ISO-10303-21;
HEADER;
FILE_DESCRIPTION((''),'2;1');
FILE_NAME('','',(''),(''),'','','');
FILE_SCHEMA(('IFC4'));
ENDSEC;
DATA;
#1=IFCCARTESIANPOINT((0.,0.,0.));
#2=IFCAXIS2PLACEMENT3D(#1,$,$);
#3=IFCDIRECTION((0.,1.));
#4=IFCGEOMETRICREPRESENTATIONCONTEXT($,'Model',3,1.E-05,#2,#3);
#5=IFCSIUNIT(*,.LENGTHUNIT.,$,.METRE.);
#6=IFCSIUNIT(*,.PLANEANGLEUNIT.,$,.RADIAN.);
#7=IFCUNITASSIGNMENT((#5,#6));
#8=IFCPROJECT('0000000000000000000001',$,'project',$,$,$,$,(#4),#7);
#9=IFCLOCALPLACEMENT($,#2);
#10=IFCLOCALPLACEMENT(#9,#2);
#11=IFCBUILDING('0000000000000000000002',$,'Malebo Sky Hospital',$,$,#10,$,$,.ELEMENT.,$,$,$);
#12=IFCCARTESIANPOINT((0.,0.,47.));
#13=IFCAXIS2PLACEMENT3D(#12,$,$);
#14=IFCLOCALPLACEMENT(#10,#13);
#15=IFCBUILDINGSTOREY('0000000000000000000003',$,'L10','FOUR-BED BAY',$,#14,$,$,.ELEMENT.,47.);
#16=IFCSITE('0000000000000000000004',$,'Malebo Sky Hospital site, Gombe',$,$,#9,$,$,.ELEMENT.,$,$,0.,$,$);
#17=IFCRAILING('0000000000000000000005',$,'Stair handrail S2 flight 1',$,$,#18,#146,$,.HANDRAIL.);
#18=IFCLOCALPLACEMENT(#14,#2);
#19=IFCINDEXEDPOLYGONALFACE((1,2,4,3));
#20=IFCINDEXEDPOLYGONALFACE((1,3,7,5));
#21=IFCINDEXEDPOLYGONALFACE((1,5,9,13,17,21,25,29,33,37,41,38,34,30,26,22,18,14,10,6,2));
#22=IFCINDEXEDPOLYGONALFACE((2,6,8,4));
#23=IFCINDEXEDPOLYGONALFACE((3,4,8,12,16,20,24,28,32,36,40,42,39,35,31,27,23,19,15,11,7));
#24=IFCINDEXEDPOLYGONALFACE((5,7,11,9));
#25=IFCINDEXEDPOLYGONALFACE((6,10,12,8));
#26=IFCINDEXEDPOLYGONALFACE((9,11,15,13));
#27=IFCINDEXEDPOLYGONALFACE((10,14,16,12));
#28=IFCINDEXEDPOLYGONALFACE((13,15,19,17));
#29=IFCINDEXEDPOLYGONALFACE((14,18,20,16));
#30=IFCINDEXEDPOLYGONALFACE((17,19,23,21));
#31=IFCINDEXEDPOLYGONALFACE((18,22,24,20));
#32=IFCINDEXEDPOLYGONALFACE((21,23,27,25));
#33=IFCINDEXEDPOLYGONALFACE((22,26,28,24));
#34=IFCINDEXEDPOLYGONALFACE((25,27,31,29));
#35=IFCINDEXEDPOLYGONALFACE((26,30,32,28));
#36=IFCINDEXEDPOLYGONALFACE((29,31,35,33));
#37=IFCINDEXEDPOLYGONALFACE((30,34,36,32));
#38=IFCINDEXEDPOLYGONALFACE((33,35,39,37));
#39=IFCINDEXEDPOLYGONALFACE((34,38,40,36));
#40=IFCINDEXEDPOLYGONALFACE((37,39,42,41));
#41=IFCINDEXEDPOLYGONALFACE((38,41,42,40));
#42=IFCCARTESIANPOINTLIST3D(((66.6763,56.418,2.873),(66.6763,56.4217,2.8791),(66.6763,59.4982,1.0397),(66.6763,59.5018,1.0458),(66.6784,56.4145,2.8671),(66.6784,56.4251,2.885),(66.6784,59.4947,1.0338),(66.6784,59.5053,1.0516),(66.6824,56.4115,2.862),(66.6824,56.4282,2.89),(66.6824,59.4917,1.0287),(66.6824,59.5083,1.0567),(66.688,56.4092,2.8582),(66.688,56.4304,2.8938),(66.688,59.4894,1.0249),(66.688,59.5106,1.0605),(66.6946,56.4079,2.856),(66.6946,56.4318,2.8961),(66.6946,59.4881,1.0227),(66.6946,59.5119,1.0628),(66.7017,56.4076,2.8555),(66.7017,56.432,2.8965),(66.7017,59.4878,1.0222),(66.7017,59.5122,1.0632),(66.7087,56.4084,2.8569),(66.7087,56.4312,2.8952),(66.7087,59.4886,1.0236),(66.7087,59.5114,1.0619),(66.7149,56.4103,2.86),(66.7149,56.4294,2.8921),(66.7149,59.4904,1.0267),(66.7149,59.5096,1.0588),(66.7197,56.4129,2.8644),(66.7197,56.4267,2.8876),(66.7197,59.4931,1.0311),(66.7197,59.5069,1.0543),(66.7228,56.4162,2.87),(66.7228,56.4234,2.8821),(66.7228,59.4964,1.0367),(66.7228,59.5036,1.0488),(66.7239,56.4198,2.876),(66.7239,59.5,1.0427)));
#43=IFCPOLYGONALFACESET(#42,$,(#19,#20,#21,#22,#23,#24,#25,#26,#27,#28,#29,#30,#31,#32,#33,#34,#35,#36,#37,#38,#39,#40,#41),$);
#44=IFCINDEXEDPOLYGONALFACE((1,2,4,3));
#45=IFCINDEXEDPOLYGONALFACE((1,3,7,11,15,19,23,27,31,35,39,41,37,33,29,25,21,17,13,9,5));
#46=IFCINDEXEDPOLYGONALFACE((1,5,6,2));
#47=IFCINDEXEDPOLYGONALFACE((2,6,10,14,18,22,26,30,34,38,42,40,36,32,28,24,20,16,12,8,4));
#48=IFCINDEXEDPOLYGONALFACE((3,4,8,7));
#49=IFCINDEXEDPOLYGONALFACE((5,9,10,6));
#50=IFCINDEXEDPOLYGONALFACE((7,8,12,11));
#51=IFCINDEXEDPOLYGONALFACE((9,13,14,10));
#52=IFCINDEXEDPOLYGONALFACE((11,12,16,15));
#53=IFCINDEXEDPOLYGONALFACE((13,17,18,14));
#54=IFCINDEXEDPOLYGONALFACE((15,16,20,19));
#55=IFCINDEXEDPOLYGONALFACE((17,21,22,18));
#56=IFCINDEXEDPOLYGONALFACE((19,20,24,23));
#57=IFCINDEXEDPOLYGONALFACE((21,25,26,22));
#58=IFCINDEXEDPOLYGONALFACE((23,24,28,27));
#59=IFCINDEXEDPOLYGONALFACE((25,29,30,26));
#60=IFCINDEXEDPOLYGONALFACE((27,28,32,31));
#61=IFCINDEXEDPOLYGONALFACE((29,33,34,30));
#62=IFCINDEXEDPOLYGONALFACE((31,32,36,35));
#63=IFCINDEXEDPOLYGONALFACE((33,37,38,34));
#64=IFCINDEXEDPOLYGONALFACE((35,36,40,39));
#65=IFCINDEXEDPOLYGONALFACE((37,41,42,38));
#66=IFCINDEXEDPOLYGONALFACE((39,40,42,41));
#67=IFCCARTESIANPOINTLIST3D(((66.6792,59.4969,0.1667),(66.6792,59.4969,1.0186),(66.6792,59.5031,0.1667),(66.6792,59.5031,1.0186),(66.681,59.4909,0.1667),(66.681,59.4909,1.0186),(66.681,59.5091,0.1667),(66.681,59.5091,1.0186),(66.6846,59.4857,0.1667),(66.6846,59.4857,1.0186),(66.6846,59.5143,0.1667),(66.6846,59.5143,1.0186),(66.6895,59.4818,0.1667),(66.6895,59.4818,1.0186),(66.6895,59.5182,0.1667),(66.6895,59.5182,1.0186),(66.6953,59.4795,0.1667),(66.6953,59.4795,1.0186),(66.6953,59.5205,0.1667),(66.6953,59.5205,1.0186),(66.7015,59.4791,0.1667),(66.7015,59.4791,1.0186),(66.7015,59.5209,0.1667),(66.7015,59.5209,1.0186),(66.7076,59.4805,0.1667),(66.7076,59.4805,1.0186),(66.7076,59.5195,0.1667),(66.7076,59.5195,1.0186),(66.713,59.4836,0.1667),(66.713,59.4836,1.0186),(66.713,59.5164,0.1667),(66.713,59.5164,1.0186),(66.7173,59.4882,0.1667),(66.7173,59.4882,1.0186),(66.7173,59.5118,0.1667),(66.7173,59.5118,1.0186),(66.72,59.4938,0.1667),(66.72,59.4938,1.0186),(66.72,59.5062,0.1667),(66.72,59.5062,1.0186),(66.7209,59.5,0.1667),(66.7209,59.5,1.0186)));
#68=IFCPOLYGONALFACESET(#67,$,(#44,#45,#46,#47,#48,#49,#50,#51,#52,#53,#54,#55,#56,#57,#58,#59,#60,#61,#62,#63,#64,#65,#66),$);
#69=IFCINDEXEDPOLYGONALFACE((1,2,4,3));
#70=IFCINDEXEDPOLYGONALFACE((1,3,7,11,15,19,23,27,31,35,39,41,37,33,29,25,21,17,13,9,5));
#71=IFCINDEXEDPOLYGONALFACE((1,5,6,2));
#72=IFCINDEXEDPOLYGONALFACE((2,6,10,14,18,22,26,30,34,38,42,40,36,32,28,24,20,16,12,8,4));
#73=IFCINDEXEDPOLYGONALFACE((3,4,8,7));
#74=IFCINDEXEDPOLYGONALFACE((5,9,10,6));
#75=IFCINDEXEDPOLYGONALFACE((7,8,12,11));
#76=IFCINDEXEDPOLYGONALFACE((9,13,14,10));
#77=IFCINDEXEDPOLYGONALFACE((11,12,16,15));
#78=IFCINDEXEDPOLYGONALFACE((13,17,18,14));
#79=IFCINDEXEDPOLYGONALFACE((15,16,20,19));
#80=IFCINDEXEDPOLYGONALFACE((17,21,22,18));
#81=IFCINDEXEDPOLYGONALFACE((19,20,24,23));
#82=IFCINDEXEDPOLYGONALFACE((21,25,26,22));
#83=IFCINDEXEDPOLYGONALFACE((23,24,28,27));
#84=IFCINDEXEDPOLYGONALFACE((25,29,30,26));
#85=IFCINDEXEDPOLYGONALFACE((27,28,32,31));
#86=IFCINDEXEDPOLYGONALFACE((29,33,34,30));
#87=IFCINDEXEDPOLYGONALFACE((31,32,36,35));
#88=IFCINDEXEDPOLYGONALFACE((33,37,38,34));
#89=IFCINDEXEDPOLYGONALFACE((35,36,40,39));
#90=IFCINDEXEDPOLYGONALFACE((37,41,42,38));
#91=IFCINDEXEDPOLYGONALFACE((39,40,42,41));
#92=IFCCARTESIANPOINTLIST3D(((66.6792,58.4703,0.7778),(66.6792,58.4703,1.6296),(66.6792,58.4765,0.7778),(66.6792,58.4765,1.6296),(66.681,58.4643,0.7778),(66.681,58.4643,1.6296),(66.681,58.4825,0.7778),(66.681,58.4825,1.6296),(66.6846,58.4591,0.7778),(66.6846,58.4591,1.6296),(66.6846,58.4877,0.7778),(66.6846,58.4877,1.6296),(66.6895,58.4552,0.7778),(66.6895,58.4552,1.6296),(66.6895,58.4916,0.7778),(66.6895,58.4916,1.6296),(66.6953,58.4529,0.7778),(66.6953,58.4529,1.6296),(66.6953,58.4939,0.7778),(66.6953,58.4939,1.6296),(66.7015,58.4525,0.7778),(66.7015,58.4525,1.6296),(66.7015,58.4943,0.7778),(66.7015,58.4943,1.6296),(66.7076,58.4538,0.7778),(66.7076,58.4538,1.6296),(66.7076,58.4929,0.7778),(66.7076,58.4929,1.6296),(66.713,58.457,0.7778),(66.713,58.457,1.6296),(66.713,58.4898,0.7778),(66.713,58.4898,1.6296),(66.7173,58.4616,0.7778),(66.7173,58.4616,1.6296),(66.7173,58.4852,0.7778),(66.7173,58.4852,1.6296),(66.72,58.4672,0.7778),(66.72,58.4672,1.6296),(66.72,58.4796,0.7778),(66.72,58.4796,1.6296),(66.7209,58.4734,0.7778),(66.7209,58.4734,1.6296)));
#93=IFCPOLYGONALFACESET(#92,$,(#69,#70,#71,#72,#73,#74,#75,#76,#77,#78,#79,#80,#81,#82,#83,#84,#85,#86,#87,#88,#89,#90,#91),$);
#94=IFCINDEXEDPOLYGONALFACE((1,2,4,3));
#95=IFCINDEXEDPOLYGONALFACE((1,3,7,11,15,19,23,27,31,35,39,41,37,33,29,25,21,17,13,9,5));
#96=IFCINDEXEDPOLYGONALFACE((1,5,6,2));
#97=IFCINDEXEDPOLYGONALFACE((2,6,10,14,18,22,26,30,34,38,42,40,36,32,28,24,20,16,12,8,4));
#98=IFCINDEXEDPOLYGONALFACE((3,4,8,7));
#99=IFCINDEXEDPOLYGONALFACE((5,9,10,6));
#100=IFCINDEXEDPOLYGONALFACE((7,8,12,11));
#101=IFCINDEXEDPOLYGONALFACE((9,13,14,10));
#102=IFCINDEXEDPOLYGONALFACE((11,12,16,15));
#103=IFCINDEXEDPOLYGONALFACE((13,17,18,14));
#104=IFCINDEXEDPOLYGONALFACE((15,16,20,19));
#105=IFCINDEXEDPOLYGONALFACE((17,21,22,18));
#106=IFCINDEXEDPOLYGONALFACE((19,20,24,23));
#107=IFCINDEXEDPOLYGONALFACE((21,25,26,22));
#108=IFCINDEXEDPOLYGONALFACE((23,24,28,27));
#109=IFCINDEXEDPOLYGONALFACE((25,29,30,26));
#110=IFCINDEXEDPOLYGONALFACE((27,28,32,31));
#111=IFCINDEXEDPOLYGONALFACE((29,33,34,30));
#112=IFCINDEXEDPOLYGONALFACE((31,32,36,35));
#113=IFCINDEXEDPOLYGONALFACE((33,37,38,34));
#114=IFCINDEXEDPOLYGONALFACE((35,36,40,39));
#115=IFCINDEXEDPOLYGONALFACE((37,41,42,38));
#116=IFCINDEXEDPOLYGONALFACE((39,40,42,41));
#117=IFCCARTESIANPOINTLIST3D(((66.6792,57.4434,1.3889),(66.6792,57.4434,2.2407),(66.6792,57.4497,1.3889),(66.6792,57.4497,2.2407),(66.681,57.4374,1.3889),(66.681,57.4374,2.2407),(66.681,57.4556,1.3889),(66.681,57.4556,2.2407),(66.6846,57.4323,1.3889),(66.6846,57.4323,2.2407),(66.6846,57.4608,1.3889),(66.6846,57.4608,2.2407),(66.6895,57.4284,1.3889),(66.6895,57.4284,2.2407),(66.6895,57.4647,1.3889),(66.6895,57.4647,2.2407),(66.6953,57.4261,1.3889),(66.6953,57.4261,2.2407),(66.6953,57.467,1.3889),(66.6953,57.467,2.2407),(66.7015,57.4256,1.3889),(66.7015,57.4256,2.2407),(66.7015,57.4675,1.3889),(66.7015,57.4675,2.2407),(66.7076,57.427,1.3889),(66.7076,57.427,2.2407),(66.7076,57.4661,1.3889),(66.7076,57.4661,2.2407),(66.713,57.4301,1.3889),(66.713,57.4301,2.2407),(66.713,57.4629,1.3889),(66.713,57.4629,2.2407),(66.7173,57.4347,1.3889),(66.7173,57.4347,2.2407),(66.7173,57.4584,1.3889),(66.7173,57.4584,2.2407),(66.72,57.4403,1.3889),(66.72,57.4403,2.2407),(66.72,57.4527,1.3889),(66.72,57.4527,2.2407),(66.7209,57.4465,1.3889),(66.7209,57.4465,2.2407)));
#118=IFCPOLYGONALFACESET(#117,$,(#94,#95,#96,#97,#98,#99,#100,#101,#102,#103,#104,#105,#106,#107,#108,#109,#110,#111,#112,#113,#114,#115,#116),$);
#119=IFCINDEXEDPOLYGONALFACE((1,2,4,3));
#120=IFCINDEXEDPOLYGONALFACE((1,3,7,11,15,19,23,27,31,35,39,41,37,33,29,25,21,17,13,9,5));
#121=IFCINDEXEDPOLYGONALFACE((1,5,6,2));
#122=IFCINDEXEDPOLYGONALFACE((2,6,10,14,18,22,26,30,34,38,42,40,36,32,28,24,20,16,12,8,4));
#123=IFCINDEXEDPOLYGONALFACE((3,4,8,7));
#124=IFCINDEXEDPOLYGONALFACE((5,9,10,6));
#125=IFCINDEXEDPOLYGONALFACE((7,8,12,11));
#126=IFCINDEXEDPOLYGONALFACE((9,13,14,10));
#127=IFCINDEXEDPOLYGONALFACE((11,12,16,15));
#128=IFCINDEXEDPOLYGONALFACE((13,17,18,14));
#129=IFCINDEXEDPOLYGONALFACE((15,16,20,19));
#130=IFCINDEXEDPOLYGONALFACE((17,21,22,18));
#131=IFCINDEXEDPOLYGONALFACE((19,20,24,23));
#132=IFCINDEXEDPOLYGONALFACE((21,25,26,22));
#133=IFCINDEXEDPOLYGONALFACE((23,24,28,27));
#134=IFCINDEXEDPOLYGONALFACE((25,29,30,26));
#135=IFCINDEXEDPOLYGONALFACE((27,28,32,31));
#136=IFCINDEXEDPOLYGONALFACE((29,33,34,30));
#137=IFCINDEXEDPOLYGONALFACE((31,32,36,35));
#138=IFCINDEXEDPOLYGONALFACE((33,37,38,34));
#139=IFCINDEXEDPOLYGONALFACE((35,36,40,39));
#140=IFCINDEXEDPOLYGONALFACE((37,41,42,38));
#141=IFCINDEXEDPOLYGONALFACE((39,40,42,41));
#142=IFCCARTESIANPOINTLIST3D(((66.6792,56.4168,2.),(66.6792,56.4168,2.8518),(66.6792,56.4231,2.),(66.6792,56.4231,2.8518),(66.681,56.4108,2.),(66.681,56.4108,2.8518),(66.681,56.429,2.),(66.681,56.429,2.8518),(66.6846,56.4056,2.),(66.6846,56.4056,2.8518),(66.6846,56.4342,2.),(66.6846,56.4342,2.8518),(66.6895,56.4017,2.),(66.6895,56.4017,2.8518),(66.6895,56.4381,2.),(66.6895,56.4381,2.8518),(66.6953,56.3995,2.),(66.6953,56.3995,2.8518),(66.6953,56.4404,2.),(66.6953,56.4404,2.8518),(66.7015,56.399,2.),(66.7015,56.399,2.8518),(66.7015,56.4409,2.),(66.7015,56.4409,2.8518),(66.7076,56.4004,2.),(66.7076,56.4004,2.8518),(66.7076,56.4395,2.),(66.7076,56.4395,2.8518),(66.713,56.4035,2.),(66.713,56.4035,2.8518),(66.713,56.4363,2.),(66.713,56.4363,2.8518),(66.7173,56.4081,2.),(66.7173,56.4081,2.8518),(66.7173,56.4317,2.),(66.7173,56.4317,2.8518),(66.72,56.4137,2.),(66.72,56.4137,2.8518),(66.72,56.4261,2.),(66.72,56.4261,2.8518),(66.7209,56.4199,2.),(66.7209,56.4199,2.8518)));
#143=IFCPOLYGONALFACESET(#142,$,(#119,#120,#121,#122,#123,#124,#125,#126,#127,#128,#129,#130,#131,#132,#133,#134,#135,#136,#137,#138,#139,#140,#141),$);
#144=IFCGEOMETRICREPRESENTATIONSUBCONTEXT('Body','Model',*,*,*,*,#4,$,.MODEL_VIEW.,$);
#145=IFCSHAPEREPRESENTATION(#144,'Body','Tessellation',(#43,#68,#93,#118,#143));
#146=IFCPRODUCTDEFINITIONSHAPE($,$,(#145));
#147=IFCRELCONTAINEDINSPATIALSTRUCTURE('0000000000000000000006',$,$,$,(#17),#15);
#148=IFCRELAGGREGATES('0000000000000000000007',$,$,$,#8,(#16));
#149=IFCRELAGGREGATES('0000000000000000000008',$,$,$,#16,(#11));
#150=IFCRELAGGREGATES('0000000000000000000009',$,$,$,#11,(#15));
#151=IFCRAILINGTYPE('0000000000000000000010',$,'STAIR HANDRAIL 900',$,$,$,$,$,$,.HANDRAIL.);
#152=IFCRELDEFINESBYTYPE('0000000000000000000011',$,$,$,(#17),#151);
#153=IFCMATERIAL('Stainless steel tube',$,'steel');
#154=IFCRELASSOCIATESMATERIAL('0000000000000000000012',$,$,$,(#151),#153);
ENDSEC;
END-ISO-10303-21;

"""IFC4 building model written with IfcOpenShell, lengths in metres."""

from ifc_helpers import new_model, si_unit, direction, frame, origin, origin_2d, place, context, subcontext, project, spatial, circle, extrude, material, type_object, element, save


model = new_model("IFC4")

# Units and contexts
model_context = context("Model", 3, precision=1e-05, world=origin(), true_north=direction((0.0, 1.0)))
body_context = subcontext(model_context, "Body", "Model", "MODEL_VIEW")
ifc_project = project(units=[si_unit("LENGTHUNIT", "METRE"), si_unit("PLANEANGLEUNIT", "RADIAN")], contexts=[model_context])

# Site, building, storey
site_placement = place(None, origin())
site = spatial("IfcSite", under=ifc_project, at=site_placement, Name="Malebo Sky Hospital site, Gombe", CompositionType="ELEMENT", RefElevation=0.0)
building_placement = place(site_placement, origin())
building = spatial("IfcBuilding", under=site, at=building_placement, Name="Malebo Sky Hospital", CompositionType="ELEMENT")
storey_placement = place(building_placement, frame((0.0, 0.0, 47.0)))
storey = spatial("IfcBuildingStorey", under=building, at=storey_placement, Name="L10", Description="FOUR-BED BAY", CompositionType="ELEMENT", Elevation=47.0)

# Railing
ifc_material_1 = material(Name="Stainless steel tube", Category="steel")
railing_type = type_object("IfcRailingType", Name="STAIR HANDRAIL 900", PredefinedType="HANDRAIL", material=ifc_material_1)
railing_1_placement = place(storey_placement, frame((66.7, 59.5, 0.1667)))
element("IfcRailing", 1, at=railing_1_placement, inside=storey, type_object=railing_type, Name="Stair handrail S2 flight 1", PredefinedType="HANDRAIL", context=body_context, shape_type="SweptSolid", body=[
    extrude(circle(Radius=0.0239, at=origin_2d()), frame((0.0, 0.0, 0.876), z_axis=(0.0, -0.859309, 0.511458), x_axis=(1.0, 0.0, 0.0)), (0.0, 0.0, 1.0), 3.5845),
    extrude(circle(Radius=0.021, at=origin_2d()), origin(), (0.0, 0.0, 1.0), 0.8518),
    extrude(circle(Radius=0.021, at=origin_2d()), frame((0.0, -1.0266, 0.6111)), (0.0, 0.0, 1.0), 0.8518),
    extrude(circle(Radius=0.021, at=origin_2d()), frame((0.0, -2.0535, 1.2222)), (0.0, 0.0, 1.0), 0.8518),
    extrude(circle(Radius=0.021, at=origin_2d()), frame((0.0, -3.0801, 1.8333)), (0.0, 0.0, 1.0), 0.8518),
])

save(model, "model.ifc")
